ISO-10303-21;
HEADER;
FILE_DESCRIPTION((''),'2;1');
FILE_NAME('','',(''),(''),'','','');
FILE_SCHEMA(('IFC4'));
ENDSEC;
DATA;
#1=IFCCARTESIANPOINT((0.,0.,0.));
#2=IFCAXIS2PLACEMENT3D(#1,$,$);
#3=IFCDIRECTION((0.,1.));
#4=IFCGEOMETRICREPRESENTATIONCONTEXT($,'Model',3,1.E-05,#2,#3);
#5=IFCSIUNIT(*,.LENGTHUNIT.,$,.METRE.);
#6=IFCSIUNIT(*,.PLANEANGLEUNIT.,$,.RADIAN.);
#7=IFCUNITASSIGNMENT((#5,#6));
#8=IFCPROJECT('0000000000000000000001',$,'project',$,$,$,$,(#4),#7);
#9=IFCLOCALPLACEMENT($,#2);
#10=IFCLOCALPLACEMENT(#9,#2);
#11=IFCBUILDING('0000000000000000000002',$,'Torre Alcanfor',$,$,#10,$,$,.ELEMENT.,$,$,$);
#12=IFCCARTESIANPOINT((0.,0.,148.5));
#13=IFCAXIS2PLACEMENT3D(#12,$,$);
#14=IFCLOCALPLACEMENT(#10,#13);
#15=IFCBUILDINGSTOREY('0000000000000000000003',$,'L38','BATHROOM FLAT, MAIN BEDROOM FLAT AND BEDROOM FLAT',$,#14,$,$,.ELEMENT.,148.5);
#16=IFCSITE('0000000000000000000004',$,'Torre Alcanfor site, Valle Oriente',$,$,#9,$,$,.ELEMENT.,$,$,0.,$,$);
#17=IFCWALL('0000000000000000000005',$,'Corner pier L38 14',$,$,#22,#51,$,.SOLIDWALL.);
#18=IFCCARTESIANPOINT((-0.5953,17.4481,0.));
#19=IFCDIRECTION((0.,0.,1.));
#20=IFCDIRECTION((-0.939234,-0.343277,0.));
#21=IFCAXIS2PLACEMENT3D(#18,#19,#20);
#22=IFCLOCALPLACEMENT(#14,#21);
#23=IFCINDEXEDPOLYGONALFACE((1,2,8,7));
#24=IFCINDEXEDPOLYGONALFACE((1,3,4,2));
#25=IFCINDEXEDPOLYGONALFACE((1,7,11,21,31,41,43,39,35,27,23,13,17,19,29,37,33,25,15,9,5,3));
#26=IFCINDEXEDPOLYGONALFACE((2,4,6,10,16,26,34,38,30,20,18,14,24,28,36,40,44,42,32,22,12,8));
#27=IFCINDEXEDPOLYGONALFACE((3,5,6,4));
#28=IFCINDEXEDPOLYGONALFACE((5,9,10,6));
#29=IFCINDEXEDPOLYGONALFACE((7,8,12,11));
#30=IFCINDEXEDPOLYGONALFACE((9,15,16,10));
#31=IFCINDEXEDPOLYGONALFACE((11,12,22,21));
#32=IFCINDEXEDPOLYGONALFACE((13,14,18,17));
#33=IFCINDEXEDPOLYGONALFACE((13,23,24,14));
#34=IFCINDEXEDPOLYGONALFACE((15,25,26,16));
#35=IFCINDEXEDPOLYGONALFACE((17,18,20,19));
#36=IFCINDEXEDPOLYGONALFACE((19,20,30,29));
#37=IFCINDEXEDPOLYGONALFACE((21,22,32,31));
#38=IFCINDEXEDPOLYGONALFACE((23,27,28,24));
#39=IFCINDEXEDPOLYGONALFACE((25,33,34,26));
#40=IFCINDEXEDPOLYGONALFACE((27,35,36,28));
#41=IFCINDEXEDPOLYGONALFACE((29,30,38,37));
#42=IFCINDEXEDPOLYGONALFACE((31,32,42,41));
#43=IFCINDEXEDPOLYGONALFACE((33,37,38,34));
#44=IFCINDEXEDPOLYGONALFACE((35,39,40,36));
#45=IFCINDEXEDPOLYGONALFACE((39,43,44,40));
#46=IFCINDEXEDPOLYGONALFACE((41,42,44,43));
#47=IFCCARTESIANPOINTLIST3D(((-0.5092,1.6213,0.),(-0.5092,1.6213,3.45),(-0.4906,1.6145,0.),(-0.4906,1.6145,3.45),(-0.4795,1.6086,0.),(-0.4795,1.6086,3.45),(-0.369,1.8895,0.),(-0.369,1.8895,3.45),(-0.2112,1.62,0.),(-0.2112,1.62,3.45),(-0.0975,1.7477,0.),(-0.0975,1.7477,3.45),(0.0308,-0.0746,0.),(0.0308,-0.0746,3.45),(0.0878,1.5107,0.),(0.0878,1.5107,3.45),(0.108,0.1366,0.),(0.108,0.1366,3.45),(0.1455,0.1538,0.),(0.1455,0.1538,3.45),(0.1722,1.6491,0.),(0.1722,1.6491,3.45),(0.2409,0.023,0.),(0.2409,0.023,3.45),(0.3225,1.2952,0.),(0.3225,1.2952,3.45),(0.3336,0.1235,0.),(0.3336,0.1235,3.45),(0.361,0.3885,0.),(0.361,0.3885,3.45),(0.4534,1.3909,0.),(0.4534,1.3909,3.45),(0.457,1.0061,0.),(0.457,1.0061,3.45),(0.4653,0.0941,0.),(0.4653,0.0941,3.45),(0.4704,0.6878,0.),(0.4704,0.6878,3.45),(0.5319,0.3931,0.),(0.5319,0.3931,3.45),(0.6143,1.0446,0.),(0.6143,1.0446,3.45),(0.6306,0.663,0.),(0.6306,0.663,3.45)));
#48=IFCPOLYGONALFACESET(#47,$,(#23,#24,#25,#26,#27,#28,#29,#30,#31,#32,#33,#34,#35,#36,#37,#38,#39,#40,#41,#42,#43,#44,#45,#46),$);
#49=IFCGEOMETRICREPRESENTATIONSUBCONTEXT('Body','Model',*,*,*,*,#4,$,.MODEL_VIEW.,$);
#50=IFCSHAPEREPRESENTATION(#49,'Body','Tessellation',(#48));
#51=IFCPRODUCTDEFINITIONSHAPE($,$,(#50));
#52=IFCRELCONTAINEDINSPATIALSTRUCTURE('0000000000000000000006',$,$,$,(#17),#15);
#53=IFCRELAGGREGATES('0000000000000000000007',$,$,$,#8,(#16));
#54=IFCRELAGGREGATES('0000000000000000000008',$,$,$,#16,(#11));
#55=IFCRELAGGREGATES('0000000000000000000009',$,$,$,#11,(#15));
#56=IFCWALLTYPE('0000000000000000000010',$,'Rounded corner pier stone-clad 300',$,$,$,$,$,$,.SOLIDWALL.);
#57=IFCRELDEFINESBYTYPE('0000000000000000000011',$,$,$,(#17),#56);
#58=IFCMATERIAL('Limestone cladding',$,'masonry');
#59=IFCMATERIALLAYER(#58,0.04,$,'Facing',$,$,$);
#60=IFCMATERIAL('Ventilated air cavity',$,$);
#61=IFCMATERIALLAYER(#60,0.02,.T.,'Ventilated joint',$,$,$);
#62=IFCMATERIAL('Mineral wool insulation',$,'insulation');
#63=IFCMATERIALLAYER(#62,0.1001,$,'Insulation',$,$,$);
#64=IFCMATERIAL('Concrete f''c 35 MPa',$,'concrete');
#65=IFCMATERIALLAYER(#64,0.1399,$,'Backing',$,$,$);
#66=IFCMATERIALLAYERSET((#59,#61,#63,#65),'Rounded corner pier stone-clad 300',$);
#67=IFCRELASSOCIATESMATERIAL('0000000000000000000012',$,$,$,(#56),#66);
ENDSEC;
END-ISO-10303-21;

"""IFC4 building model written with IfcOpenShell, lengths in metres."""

from ifc_helpers import new_model, si_unit, direction, frame, origin, place, context, subcontext, project, spatial, polyline, outline, extrude, material, layer, layer_set, type_object, element, save


model = new_model("IFC4")

# Units and contexts
model_context = context("Model", 3, precision=1e-05, world=origin(), true_north=direction((0.0, 1.0)))
body_context = subcontext(model_context, "Body", "Model", "MODEL_VIEW")
ifc_project = project(units=[si_unit("LENGTHUNIT", "METRE"), si_unit("PLANEANGLEUNIT", "RADIAN")], contexts=[model_context])

# Site, building, storey
site_placement = place(None, origin())
site = spatial("IfcSite", under=ifc_project, at=site_placement, Name="Torre Alcanfor site, Valle Oriente", CompositionType="ELEMENT", RefElevation=0.0)
building_placement = place(site_placement, origin())
building = spatial("IfcBuilding", under=site, at=building_placement, Name="Torre Alcanfor", CompositionType="ELEMENT")
storey_placement = place(building_placement, frame((0.0, 0.0, 148.5)))
storey = spatial("IfcBuildingStorey", under=building, at=storey_placement, Name="L38", Description="BATHROOM FLAT, MAIN BEDROOM FLAT AND BEDROOM FLAT", CompositionType="ELEMENT", Elevation=148.5)

# Shared definitions
ifc_material_1 = material(Name="Limestone cladding", Category="masonry")
ifc_material_2 = material(Name="Ventilated air cavity")
ifc_material_3 = material(Name="Mineral wool insulation", Category="insulation")
ifc_material_4 = material(Name="Concrete f'c 35 MPa", Category="concrete")

# Wall
ifc_layer_1 = layer(ifc_material_1, 0.04, Name="Facing")
ifc_layer_2 = layer(ifc_material_2, 0.02, ventilated=True, Name="Ventilated joint")
ifc_layer_3 = layer(ifc_material_3, 0.1001, Name="Insulation")
ifc_layer_4 = layer(ifc_material_4, 0.1399, Name="Backing")
ifc_layer_set_1 = layer_set([ifc_layer_1, ifc_layer_2, ifc_layer_3, ifc_layer_4], Name="Rounded corner pier stone-clad 300")
wall_type_1 = type_object("IfcWallType", Name="Rounded corner pier stone-clad 300", PredefinedType="SOLIDWALL", material=ifc_layer_set_1)
wall_1_placement = place(storey_placement, frame((-0.5953, 17.4481, 0.0), z_axis=(0.0, 0.0, 1.0), x_axis=(-0.939234, -0.343277, 0.0)))
element("IfcWall", 1, at=wall_1_placement, inside=storey, type_object=wall_type_1, Name="Corner pier L38 14", PredefinedType="SOLIDWALL", context=body_context, shape_type="SweptSolid", body=[
    extrude(outline(polyline([(-0.369, 1.8895), (-0.5092, 1.6213), (-0.4906, 1.6145), (-0.4795, 1.6086), (-0.2112, 1.62), (0.0878, 1.5107), (0.3225, 1.2952), (0.457, 1.0061), (0.4704, 0.6878), (0.361, 0.3885), (0.1455, 0.1538), (0.108, 0.1366), (0.0308, -0.0746), (0.2409, 0.023), (0.3336, 0.1235), (0.4653, 0.0941), (0.5319, 0.3931), (0.6306, 0.663), (0.6143, 1.0446), (0.4534, 1.3909), (0.1722, 1.6491), (-0.0975, 1.7477), (-0.369, 1.8895)])), origin(), (0.0, 0.0, 1.0), 3.45),
])

save(model, "model.ifc")
